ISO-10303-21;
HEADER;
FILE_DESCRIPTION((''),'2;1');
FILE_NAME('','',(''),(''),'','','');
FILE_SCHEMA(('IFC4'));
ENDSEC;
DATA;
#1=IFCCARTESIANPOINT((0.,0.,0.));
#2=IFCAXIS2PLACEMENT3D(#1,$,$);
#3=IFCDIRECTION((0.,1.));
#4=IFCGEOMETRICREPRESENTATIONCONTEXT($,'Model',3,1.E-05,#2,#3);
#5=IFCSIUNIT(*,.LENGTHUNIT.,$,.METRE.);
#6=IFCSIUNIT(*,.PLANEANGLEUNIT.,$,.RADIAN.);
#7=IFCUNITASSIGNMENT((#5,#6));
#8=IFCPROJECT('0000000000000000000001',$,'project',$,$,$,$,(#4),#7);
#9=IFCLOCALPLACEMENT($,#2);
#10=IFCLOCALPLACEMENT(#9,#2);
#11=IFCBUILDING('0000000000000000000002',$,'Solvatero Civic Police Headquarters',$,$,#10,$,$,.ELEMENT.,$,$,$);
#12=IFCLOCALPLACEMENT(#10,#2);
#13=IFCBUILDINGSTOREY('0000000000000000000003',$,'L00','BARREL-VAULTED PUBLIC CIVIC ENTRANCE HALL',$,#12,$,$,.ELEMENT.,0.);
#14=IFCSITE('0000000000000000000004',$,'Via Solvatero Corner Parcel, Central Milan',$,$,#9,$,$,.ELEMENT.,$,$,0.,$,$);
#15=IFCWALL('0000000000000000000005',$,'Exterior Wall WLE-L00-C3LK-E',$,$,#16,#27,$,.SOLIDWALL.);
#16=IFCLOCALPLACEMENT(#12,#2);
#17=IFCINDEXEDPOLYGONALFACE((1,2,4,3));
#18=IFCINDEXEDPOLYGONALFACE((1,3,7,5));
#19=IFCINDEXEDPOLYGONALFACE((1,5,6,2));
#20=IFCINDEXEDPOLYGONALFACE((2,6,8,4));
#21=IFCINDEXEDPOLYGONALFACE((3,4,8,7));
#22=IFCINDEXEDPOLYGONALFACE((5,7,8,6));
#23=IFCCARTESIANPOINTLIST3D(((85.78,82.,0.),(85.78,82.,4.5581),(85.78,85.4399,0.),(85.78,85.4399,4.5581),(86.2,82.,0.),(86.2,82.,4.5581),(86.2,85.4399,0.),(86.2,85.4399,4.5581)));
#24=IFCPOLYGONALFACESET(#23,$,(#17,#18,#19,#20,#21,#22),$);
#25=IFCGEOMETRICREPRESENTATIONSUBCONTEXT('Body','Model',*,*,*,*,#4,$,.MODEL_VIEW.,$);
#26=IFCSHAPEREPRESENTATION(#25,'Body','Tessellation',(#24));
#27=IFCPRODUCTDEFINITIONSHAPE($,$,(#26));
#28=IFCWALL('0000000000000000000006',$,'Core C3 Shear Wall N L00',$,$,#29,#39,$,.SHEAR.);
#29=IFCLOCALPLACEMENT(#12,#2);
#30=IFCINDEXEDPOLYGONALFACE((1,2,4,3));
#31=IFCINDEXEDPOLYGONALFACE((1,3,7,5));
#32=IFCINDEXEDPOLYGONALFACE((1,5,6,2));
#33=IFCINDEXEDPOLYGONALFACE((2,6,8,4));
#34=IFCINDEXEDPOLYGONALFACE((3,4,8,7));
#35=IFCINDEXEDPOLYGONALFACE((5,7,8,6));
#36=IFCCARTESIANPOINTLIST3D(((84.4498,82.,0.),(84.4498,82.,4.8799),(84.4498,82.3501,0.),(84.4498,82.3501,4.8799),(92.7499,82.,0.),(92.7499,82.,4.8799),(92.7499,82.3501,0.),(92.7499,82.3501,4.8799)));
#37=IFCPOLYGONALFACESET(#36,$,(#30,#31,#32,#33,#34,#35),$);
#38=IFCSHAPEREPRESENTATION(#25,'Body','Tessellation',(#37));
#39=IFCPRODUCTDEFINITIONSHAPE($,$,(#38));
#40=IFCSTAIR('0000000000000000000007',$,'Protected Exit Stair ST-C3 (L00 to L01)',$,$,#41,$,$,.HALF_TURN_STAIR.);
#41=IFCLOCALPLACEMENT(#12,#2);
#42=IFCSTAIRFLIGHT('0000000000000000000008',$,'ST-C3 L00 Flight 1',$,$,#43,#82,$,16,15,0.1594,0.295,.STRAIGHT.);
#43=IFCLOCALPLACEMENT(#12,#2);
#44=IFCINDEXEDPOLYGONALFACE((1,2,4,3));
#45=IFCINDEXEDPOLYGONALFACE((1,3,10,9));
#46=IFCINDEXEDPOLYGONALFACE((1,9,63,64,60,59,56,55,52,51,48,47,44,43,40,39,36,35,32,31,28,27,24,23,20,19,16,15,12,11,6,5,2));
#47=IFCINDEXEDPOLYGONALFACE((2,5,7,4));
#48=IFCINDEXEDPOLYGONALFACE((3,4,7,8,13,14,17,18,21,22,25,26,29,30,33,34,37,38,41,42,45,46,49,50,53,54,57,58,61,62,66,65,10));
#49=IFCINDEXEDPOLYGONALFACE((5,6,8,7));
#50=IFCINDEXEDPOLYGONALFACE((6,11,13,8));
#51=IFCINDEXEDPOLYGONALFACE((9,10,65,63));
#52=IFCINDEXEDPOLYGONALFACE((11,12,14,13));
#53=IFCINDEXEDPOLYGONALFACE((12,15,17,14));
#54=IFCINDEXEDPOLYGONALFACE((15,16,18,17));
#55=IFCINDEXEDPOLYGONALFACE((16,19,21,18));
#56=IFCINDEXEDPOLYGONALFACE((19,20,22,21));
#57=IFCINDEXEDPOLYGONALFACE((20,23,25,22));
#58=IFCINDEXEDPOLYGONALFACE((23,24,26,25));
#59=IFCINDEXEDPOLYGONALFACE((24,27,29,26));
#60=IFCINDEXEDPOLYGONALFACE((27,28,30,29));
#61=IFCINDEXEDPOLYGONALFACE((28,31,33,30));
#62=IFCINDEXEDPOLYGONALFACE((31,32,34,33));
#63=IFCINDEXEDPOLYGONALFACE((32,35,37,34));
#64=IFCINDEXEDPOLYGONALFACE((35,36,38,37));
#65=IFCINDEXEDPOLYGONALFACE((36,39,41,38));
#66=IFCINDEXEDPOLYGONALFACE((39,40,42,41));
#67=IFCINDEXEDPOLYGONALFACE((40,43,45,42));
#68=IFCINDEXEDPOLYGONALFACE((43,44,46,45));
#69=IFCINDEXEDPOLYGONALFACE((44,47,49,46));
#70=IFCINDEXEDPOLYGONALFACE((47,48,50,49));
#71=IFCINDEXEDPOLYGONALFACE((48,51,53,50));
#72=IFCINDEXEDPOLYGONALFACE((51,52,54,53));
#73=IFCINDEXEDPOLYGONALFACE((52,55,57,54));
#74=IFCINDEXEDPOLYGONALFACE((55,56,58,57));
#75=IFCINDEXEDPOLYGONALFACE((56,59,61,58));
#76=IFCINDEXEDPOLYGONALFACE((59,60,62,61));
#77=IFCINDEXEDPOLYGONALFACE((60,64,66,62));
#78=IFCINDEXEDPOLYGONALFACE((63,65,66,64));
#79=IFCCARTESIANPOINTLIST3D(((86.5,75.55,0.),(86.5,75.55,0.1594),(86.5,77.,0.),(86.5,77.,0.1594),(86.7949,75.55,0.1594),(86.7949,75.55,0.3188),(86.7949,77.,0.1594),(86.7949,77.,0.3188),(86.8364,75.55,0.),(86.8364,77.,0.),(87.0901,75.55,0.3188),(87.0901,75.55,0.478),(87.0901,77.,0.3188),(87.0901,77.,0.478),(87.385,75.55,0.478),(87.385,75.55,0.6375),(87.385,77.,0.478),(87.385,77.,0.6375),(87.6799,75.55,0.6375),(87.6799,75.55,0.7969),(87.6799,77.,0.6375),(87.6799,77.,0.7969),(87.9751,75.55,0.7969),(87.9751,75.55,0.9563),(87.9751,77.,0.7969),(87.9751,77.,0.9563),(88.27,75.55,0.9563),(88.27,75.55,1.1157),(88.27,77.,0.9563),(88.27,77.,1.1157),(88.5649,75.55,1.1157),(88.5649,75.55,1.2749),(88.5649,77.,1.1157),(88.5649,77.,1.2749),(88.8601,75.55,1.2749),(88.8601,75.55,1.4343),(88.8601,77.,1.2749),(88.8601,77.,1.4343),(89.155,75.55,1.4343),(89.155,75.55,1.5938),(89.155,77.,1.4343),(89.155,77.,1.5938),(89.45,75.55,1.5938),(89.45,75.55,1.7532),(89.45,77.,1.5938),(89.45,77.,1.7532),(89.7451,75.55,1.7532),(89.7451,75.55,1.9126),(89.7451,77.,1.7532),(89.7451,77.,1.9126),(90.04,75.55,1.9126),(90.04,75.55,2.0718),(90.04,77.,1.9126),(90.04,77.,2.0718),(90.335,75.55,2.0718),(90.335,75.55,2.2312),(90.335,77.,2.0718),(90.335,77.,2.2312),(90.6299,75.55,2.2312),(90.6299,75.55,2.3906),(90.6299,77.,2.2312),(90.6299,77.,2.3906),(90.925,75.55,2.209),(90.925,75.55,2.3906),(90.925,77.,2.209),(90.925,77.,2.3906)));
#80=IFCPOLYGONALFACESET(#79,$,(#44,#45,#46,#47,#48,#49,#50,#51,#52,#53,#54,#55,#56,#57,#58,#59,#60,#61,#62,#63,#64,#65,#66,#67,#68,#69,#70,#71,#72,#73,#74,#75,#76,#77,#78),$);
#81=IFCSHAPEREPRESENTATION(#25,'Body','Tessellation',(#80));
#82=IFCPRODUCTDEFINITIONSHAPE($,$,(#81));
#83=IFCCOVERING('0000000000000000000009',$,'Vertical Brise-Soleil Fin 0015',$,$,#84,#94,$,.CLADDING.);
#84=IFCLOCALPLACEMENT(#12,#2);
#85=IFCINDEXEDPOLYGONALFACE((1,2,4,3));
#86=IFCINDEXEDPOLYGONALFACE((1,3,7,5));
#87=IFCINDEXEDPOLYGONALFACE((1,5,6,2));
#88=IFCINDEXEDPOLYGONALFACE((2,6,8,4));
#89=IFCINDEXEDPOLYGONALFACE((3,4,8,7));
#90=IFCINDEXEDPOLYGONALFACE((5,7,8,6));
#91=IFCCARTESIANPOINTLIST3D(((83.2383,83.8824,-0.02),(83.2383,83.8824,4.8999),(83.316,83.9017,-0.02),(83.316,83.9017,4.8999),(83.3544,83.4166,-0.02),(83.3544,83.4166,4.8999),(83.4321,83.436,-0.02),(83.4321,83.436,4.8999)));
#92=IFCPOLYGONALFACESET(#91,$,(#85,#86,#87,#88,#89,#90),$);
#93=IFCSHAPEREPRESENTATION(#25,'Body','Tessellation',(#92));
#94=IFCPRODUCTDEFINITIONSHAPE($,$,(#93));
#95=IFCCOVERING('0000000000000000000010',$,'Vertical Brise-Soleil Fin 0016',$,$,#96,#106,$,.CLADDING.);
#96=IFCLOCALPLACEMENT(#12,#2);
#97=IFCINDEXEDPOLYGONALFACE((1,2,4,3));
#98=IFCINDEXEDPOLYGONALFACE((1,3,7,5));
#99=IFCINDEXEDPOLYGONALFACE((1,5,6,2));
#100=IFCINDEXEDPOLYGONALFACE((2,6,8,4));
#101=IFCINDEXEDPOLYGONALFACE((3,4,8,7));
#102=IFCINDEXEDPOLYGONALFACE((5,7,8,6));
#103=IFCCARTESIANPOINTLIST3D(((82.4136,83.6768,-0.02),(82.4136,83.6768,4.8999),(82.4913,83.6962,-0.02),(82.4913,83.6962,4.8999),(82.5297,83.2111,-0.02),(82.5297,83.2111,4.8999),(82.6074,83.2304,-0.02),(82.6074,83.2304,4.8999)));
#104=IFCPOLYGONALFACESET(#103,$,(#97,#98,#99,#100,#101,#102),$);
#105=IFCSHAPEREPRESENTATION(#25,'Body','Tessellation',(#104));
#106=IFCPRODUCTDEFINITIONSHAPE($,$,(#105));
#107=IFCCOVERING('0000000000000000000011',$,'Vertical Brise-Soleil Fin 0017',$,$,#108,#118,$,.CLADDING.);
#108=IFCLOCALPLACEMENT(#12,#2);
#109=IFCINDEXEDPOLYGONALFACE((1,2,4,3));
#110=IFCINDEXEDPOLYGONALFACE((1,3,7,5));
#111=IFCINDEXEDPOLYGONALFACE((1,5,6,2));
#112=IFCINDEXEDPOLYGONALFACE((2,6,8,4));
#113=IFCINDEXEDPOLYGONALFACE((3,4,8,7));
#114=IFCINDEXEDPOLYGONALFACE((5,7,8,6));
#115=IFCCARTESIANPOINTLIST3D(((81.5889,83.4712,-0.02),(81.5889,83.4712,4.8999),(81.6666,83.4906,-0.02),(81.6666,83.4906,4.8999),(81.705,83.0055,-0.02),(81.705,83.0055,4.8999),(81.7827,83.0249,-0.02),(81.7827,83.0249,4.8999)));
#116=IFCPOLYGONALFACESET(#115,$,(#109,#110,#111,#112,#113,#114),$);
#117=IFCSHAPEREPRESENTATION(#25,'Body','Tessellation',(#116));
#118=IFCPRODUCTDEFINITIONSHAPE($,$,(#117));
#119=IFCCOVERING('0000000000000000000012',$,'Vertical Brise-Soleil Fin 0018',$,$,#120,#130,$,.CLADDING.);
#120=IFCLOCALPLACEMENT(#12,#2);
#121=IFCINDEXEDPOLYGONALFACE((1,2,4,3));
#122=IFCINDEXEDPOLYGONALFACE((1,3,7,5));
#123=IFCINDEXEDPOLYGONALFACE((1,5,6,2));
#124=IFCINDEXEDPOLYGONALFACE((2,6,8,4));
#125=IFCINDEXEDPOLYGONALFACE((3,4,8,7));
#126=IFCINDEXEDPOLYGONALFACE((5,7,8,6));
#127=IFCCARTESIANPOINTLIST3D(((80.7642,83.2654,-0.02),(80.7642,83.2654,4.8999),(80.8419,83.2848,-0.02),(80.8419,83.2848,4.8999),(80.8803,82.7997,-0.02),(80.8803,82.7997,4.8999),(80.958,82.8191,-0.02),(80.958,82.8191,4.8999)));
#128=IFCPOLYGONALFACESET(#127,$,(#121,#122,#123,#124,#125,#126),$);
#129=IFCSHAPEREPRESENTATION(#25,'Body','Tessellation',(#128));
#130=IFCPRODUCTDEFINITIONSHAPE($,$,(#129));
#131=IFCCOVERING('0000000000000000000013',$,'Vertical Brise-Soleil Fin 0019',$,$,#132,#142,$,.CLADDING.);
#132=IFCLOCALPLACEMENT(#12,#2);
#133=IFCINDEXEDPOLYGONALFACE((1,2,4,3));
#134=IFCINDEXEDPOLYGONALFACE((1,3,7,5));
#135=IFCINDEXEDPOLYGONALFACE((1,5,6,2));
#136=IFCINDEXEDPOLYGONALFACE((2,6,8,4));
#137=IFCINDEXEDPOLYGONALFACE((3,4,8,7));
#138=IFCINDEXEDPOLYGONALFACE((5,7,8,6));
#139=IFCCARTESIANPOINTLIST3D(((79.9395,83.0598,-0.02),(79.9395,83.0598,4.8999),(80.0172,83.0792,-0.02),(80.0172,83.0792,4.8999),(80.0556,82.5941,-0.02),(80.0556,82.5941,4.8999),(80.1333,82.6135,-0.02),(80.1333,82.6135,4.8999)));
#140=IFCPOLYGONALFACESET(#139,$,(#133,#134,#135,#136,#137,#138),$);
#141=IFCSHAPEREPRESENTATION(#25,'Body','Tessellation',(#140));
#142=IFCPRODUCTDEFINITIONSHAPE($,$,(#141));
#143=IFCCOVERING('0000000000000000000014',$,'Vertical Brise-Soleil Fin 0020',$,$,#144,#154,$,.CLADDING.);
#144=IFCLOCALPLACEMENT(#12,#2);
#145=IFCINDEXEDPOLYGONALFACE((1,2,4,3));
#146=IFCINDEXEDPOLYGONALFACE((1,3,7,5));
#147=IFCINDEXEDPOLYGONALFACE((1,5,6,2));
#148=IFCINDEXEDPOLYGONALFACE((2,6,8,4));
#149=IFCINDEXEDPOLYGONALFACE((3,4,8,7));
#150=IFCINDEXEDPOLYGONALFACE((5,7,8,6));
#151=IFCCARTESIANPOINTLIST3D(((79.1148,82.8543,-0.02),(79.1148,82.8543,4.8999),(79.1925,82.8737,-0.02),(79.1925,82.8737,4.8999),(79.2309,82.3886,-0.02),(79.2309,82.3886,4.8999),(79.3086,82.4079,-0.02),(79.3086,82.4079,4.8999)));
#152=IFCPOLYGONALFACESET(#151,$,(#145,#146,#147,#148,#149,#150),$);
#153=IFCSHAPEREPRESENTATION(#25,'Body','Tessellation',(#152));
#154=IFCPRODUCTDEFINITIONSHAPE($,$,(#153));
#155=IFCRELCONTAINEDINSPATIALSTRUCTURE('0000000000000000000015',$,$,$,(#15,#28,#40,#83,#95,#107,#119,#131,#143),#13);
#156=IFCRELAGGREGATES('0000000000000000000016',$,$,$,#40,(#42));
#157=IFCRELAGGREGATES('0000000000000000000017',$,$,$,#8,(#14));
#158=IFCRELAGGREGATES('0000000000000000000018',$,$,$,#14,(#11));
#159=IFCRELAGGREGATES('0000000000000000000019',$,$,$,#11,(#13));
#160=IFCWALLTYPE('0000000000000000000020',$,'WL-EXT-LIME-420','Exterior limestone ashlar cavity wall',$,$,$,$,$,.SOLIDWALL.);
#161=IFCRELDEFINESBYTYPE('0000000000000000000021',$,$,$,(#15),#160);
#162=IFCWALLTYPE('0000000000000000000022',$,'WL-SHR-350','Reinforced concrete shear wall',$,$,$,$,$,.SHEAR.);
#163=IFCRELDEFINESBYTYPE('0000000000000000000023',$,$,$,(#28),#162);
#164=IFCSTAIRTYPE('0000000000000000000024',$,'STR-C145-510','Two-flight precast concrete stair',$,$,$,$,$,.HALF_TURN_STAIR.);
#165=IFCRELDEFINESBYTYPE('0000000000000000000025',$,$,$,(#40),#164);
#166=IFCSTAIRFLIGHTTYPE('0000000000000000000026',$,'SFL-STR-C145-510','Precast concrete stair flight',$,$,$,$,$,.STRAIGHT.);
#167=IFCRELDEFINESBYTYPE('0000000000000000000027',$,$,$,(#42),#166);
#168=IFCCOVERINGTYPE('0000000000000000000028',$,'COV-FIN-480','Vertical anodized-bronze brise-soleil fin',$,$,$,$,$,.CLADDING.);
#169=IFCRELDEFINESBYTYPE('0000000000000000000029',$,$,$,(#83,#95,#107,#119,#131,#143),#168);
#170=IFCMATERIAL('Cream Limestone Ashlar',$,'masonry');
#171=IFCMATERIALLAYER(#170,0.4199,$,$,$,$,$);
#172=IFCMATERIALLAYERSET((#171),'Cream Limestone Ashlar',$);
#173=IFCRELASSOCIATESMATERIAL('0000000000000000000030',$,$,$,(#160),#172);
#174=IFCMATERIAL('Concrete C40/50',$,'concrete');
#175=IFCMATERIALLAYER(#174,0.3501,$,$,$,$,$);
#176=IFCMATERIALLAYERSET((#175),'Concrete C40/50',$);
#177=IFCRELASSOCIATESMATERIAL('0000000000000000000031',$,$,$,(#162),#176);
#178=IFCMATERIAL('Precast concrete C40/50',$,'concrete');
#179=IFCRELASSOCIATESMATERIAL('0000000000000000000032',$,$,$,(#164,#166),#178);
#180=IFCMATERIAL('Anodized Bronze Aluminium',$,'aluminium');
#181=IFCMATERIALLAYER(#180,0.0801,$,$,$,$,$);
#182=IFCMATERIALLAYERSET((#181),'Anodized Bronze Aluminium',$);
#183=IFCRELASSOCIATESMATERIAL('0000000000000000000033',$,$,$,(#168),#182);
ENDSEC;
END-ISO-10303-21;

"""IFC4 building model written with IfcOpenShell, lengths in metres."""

from ifc_helpers import new_model, si_unit, direction, frame, frame_2d, origin, origin_2d, place, context, subcontext, project, spatial, polyline, rectangle, outline, extrude, material, layer, layer_set, type_object, element, aggregate, save


model = new_model("IFC4")

# Units and contexts
model_context = context("Model", 3, precision=1e-05, world=origin(), true_north=direction((0.0, 1.0)))
body_context = subcontext(model_context, "Body", "Model", "MODEL_VIEW")
ifc_project = project(units=[si_unit("LENGTHUNIT", "METRE"), si_unit("PLANEANGLEUNIT", "RADIAN")], contexts=[model_context])

# Site, building, storey
site_placement = place(None, origin())
site = spatial("IfcSite", under=ifc_project, at=site_placement, Name="Via Solvatero Corner Parcel, Central Milan", CompositionType="ELEMENT", RefElevation=0.0)
building_placement = place(site_placement, origin())
building = spatial("IfcBuilding", under=site, at=building_placement, Name="Solvatero Civic Police Headquarters", CompositionType="ELEMENT")
storey_placement = place(building_placement, origin())
storey = spatial("IfcBuildingStorey", under=building, at=storey_placement, Name="L00", Description="BARREL-VAULTED PUBLIC CIVIC ENTRANCE HALL", CompositionType="ELEMENT", Elevation=0.0)

# Shared definitions
ifc_material_1 = material(Name="Anodized Bronze Aluminium", Category="aluminium")

# Shared definitions
ifc_material_2 = material(Name="Cream Limestone Ashlar", Category="masonry")
ifc_layer_1 = layer(ifc_material_2, 0.4199)
ifc_layer_set_1 = layer_set([ifc_layer_1], Name="Cream Limestone Ashlar")
wall_type_1 = type_object("IfcWallType", Name="WL-EXT-LIME-420", Description="Exterior limestone ashlar cavity wall", PredefinedType="SOLIDWALL", material=ifc_layer_set_1)

# Walls
wall_1_placement = place(storey_placement, frame((85.99, 82.0, 0.0), z_axis=(0.0, 0.0, 1.0), x_axis=(0.0, 1.0, 0.0)))
element("IfcWall", 1, at=wall_1_placement, inside=storey, type_object=wall_type_1, Name="Exterior Wall WLE-L00-C3LK-E", PredefinedType="SOLIDWALL", context=body_context, shape_type="SweptSolid", body=[
    extrude(rectangle(XDim=3.4399, YDim=0.4199, at=frame_2d((1.72, 0.0))), origin(), (0.0, 0.0, 1.0), 4.5581),
])
ifc_material_3 = material(Name="Concrete C40/50", Category="concrete")
ifc_layer_2 = layer(ifc_material_3, 0.3501)
ifc_layer_set_2 = layer_set([ifc_layer_2], Name="Concrete C40/50")
wall_type_2 = type_object("IfcWallType", Name="WL-SHR-350", Description="Reinforced concrete shear wall", PredefinedType="SHEAR", material=ifc_layer_set_2)
wall_2_placement = place(storey_placement, frame((84.45, 82.175, 0.0), z_axis=(0.0, 0.0, 1.0), x_axis=(1.0, 0.0, 0.0)))
element("IfcWall", 2, at=wall_2_placement, inside=storey, type_object=wall_type_2, Name="Core C3 Shear Wall N L00", PredefinedType="SHEAR", context=body_context, shape_type="SweptSolid", body=[
    extrude(rectangle(XDim=8.3, YDim=0.3501, at=frame_2d((4.1499, 0.0))), origin(), (0.0, 0.0, 1.0), 4.8799),
])

# Stair, stair flight
ifc_material_4 = material(Name="Precast concrete C40/50", Category="concrete")
stair_type = type_object("IfcStairType", Name="STR-C145-510", Description="Two-flight precast concrete stair", PredefinedType="HALF_TURN_STAIR", material=ifc_material_4)
stair_placement = place(storey_placement, origin())
stair = element("IfcStair", 3, at=stair_placement, inside=storey, type_object=stair_type, Name="Protected Exit Stair ST-C3 (L00 to L01)", PredefinedType="HALF_TURN_STAIR")
stair_flight_type = type_object("IfcStairFlightType", Name="SFL-STR-C145-510", Description="Precast concrete stair flight", PredefinedType="STRAIGHT", material=ifc_material_4)
stair_flight_placement = place(storey_placement, frame((86.5, 76.2749, 0.0), z_axis=(0.0, 0.0, 1.0), x_axis=(1.0, 0.0, 0.0)))
stair_flight = element("IfcStairFlight", 4, at=stair_flight_placement, type_object=stair_flight_type, Name="ST-C3 L00 Flight 1", NumberOfRisers=16, NumberOfTreads=15, PredefinedType="STRAIGHT", RiserHeight=0.1594, TreadLength=0.295, context=body_context, shape_type="SweptSolid", body=[
    extrude(outline(polyline([(0.0, 0.0), (0.0, 0.1594), (0.2949, 0.1594), (0.2949, 0.3188), (0.5901, 0.3188), (0.5901, 0.478), (0.885, 0.478), (0.885, 0.6375), (1.1799, 0.6375), (1.1799, 0.7969), (1.4751, 0.7969), (1.4751, 0.9563), (1.77, 0.9563), (1.77, 1.1157), (2.0649, 1.1157), (2.0649, 1.2749), (2.3601, 1.2749), (2.3601, 1.4343), (2.655, 1.4343), (2.655, 1.5938), (2.95, 1.5938), (2.95, 1.7532), (3.2451, 1.7532), (3.2451, 1.9126), (3.54, 1.9126), (3.54, 2.0718), (3.835, 2.0718), (3.835, 2.2312), (4.1299, 2.2312), (4.1299, 2.3906), (4.425, 2.3906), (4.425, 2.55), (4.425, 2.209), (0.3364, 0.0), (0.0, 0.0)])), frame((0.0, 0.7251, 0.0), z_axis=(0.0, -1.0, 0.0), x_axis=(1.0, 0.0, 0.0)), (0.0, 0.0, 1.0), 1.45),
])
aggregate(stair, [stair_flight])

# Coverings
ifc_layer_3 = layer(ifc_material_1, 0.0801)
ifc_layer_set_3 = layer_set([ifc_layer_3], Name="Anodized Bronze Aluminium")
covering_type = type_object("IfcCoveringType", Name="COV-FIN-480", Description="Vertical anodized-bronze brise-soleil fin", PredefinedType="CLADDING", material=ifc_layer_set_3)
for number, where, z_axis, x_axis, name in (
    (5, (83.3352, 83.6592, -0.02), (0.0, 0.0, 1.0), (-0.970296, -0.241922, 0.0), "Vertical Brise-Soleil Fin 0015"),
    (6, (82.5105, 83.4536, -0.02), (0.0, 0.0, 1.0), (-0.970296, -0.241922, 0.0), "Vertical Brise-Soleil Fin 0016"),
    (7, (81.6858, 83.248, -0.02), (0.0, 0.0, 1.0), (-0.970296, -0.241922, 0.0), "Vertical Brise-Soleil Fin 0017"),
    (8, (80.8611, 83.0422, -0.02), (0.0, 0.0, 1.0), (-0.970296, -0.241922, 0.0), "Vertical Brise-Soleil Fin 0018"),
    (9, (80.0364, 82.8367, -0.02), (0.0, 0.0, 1.0), (-0.970296, -0.241922, 0.0), "Vertical Brise-Soleil Fin 0019"),
    (10, (79.2117, 82.6311, -0.02), (0.0, 0.0, 1.0), (-0.970296, -0.241922, 0.0), "Vertical Brise-Soleil Fin 0020"),
):
    element("IfcCovering", number, at=place(storey_placement, frame(where, z_axis=z_axis, x_axis=x_axis)), inside=storey, type_object=covering_type, Name=name, PredefinedType="CLADDING", context=body_context, shape_type="SweptSolid", body=[
        extrude(rectangle(XDim=0.0801, YDim=0.48, at=origin_2d()), origin(), (0.0, 0.0, 1.0), 4.9199),
    ])

save(model, "model.ifc")
